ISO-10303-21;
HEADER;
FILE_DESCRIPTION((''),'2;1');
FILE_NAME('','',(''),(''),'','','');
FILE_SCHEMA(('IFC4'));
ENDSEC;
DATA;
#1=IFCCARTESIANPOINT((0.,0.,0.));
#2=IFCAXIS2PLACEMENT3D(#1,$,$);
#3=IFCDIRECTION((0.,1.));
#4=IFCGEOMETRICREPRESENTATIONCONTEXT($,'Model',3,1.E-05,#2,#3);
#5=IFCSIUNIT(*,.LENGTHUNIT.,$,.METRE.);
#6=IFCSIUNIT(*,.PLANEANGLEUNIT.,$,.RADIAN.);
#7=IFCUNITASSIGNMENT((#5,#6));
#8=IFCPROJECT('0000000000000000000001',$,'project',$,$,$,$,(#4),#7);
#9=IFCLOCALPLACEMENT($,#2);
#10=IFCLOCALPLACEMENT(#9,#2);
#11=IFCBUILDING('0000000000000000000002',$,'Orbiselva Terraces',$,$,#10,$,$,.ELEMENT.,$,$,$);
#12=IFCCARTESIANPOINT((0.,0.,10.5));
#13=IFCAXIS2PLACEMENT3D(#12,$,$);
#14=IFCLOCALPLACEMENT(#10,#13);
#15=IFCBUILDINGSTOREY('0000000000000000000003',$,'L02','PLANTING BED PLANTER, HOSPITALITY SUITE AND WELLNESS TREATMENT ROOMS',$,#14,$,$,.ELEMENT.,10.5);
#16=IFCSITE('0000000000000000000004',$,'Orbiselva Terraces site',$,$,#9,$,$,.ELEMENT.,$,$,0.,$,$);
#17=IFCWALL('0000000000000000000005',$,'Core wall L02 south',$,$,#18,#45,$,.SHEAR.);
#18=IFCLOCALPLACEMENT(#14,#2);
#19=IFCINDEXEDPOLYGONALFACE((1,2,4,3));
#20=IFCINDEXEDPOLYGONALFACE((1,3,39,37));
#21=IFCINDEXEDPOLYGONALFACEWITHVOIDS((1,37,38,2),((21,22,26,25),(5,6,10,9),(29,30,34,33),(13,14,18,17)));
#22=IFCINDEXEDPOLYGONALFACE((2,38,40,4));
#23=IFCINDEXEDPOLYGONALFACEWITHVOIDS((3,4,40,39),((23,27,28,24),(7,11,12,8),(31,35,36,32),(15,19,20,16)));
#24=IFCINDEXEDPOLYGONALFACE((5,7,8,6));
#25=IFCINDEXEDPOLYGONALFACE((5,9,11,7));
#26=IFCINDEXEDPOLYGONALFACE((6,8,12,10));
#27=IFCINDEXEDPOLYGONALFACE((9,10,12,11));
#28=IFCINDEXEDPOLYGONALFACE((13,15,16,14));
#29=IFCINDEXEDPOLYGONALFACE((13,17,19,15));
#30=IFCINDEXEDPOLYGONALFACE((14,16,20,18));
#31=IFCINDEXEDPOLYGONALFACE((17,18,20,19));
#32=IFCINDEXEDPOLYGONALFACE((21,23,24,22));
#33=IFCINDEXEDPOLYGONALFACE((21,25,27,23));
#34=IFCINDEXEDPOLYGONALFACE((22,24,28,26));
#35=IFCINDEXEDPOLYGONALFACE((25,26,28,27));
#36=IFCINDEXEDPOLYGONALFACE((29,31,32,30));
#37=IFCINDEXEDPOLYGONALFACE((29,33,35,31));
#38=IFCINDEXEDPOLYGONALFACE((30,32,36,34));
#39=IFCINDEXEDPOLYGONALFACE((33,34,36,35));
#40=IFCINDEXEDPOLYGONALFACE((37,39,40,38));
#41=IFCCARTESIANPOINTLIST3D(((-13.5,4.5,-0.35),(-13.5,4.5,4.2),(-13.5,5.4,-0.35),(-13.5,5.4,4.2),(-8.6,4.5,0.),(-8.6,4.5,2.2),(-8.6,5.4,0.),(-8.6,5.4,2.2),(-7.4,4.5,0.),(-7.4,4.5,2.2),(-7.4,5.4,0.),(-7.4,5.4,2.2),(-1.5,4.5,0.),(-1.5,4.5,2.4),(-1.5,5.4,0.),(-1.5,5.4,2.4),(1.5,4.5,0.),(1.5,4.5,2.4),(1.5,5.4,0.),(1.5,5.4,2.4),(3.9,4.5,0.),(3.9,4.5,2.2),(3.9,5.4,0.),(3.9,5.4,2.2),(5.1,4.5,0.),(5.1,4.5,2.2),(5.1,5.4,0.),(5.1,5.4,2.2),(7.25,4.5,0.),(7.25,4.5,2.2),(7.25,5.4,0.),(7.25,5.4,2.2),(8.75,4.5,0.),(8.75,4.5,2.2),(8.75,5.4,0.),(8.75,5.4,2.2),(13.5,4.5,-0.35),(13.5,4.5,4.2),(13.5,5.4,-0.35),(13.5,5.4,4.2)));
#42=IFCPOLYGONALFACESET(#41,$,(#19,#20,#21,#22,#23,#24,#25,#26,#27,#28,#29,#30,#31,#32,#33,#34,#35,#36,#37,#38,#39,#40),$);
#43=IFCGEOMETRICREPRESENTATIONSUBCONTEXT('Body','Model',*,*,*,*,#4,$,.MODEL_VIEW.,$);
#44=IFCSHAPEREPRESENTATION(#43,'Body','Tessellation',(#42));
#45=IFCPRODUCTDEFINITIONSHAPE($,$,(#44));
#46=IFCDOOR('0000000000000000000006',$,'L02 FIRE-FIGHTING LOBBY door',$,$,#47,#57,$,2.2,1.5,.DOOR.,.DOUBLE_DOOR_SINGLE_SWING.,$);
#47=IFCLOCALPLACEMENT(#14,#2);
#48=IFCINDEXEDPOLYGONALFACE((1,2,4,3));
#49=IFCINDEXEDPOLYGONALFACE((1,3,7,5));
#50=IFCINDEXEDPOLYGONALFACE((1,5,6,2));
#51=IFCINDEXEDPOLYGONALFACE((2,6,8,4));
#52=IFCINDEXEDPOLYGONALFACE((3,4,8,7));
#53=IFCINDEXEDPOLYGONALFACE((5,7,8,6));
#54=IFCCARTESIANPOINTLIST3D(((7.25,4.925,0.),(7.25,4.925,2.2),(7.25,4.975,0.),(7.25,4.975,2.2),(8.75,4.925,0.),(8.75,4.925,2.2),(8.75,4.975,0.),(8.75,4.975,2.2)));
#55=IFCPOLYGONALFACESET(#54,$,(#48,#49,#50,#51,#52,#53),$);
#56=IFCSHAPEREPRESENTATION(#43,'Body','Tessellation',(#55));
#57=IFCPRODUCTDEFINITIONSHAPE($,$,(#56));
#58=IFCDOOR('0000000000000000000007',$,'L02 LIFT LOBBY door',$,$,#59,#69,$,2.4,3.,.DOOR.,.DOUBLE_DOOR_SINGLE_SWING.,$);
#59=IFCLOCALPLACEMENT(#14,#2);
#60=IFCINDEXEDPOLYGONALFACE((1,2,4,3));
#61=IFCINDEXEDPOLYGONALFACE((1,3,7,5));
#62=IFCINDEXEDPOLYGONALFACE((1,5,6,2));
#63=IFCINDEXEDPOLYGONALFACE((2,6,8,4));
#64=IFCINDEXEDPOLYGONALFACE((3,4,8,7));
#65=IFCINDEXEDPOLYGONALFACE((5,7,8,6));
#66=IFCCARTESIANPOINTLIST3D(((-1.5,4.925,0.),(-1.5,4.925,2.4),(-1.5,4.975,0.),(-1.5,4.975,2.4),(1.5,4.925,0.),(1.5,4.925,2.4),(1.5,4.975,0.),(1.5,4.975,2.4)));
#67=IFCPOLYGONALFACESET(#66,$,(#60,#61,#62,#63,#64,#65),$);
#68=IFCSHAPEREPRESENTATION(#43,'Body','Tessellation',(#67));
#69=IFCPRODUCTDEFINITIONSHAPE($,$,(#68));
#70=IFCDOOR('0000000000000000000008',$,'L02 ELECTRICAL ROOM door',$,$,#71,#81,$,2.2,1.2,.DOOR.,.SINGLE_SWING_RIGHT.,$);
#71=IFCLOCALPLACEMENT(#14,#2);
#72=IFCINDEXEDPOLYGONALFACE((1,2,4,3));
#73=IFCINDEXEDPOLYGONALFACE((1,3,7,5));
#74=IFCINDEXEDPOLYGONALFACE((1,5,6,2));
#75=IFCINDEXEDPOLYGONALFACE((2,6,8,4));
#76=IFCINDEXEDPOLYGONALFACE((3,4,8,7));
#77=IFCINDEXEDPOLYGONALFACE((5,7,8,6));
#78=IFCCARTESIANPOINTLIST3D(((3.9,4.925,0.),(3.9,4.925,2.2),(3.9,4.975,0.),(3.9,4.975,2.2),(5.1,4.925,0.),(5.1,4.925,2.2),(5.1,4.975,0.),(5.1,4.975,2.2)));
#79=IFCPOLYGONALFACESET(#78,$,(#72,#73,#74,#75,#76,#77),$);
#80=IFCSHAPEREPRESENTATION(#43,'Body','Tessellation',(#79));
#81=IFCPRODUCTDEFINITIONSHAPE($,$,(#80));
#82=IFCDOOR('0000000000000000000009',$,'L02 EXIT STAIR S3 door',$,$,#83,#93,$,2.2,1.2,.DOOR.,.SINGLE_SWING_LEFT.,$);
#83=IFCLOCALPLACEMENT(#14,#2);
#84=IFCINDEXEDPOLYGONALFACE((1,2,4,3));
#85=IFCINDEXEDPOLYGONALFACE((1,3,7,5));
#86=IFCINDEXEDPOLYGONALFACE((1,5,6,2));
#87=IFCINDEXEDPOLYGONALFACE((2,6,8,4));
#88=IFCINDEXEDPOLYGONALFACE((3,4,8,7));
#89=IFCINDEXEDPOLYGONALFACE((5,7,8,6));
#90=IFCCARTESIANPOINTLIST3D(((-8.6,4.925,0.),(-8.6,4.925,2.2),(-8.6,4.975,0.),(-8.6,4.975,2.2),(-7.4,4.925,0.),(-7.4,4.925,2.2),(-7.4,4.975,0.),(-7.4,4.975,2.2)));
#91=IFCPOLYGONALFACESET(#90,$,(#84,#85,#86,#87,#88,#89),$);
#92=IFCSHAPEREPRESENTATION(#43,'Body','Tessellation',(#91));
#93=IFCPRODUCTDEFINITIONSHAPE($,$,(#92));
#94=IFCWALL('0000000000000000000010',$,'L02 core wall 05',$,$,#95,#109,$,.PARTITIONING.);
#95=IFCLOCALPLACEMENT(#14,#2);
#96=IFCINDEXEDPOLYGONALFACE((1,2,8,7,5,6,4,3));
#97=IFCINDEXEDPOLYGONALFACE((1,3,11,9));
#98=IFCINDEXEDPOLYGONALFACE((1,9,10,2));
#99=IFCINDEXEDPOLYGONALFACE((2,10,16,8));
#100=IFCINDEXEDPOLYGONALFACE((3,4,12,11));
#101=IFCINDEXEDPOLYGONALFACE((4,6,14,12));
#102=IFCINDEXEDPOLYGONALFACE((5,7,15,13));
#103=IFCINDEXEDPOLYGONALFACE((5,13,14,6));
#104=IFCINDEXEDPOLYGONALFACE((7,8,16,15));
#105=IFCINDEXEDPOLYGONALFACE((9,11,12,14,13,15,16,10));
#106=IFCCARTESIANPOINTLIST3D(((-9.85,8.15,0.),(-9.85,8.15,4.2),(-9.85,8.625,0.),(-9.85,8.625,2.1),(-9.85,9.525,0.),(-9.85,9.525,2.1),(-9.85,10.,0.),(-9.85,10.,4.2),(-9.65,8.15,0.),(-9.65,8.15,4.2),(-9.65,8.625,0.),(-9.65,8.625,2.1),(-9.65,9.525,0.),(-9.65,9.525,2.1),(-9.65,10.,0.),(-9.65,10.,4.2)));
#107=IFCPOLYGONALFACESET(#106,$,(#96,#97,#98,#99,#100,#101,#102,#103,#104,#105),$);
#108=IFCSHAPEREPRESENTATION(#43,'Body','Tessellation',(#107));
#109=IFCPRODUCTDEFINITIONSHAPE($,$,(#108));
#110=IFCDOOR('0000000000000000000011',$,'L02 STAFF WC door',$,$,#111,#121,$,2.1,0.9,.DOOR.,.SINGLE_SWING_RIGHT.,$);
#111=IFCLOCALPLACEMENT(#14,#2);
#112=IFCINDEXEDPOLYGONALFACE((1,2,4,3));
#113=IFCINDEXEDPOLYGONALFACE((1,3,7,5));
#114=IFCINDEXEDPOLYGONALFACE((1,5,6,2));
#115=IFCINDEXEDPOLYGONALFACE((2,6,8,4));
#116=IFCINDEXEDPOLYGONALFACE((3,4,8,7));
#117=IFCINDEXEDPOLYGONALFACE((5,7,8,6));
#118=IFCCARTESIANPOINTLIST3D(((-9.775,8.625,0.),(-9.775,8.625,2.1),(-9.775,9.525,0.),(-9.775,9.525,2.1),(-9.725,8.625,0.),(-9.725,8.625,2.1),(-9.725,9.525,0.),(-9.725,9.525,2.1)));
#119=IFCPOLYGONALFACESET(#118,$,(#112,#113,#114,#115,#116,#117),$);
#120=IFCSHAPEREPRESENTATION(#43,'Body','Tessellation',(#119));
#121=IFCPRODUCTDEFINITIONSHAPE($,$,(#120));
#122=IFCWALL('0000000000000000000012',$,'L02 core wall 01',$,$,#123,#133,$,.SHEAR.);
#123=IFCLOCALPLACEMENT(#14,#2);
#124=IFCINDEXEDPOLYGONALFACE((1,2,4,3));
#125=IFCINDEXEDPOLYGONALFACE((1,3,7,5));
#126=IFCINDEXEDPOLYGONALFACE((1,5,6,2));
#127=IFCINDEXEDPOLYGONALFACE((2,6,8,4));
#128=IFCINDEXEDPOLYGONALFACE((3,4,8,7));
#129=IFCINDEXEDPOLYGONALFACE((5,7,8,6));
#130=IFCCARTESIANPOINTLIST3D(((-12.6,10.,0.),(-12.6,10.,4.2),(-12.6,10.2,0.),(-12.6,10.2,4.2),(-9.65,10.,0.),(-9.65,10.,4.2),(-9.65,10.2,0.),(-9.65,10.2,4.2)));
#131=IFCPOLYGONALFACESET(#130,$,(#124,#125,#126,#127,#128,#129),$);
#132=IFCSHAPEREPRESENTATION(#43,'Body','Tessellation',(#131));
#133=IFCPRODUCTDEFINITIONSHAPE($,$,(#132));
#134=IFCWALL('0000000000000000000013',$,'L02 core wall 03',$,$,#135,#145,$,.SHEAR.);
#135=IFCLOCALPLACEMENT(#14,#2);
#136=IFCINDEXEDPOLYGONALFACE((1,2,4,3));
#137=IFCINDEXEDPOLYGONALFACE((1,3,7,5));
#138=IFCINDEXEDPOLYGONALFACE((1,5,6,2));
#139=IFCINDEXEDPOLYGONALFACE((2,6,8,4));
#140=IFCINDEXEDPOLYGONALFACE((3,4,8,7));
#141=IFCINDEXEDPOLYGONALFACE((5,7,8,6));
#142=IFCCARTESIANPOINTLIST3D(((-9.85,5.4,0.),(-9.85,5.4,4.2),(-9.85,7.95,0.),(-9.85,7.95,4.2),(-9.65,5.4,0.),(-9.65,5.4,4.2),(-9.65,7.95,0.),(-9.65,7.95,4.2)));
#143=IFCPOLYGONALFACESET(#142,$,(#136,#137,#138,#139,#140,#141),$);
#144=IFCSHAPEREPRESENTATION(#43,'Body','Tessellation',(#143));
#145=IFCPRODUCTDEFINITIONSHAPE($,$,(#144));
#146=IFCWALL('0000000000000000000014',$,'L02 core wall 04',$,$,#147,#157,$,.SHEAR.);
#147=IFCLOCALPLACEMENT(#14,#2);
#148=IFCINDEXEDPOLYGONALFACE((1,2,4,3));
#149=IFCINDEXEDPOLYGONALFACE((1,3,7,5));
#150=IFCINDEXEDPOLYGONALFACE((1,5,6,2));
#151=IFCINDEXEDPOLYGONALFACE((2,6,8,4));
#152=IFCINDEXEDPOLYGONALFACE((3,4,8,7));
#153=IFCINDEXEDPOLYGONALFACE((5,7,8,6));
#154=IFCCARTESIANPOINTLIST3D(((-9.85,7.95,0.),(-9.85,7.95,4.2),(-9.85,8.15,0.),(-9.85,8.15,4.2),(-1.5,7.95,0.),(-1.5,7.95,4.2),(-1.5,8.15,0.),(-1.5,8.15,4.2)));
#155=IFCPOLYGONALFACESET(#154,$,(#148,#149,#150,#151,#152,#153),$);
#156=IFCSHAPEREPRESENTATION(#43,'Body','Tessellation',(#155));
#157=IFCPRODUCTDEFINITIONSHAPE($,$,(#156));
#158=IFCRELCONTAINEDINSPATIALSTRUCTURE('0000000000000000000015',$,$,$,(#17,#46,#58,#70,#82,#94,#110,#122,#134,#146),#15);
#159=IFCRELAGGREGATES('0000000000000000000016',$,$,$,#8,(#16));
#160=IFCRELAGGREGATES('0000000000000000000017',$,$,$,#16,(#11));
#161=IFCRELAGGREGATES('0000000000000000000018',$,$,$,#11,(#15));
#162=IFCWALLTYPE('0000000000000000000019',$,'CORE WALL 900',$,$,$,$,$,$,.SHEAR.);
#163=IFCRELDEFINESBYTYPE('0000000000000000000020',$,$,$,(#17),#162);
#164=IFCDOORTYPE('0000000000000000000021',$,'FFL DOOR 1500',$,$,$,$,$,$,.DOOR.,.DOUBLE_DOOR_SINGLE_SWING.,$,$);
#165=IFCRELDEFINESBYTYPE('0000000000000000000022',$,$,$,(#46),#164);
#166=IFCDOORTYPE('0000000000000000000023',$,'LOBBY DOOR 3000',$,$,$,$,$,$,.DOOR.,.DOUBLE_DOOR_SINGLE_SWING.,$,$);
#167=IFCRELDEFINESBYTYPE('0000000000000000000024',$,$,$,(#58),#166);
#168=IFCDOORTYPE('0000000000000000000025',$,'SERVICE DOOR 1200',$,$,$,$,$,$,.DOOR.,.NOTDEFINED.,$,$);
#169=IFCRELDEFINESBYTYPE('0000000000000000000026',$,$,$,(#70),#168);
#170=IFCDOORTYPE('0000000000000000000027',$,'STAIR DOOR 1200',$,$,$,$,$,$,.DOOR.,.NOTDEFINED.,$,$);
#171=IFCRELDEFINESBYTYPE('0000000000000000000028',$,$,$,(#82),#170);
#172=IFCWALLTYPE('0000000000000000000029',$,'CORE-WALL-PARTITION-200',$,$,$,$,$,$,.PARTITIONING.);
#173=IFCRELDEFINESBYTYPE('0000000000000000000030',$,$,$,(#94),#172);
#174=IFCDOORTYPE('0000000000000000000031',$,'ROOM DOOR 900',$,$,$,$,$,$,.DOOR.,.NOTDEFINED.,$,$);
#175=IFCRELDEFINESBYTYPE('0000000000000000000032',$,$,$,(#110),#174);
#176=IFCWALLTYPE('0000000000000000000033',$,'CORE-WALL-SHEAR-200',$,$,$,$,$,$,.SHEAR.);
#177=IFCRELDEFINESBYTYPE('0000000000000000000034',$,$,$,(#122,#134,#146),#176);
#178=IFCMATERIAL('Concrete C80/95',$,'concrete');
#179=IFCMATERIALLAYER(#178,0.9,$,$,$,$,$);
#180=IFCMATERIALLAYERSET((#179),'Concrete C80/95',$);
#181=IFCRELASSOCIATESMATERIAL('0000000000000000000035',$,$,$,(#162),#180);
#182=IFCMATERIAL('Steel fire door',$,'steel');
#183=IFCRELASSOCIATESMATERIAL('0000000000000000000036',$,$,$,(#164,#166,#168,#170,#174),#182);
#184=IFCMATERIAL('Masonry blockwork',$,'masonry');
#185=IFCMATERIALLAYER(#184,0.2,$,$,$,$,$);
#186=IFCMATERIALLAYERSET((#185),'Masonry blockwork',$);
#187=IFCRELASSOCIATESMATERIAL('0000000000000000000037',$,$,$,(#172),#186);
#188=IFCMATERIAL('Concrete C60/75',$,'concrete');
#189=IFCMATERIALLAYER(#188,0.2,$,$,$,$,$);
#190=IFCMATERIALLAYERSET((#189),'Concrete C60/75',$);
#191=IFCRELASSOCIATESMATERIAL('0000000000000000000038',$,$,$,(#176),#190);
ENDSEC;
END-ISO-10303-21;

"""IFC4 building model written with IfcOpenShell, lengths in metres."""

from ifc_helpers import new_model, si_unit, direction, frame, frame_2d, origin, place, context, subcontext, project, spatial, rectangle, extrude, material, layer, layer_set, type_object, element, fill, save


model = new_model("IFC4")

# Units and contexts
model_context = context("Model", 3, precision=1e-05, world=origin(), true_north=direction((0.0, 1.0)))
body_context = subcontext(model_context, "Body", "Model", "MODEL_VIEW")
ifc_project = project(units=[si_unit("LENGTHUNIT", "METRE"), si_unit("PLANEANGLEUNIT", "RADIAN")], contexts=[model_context])

# Site, building, storey
site_placement = place(None, origin())
site = spatial("IfcSite", under=ifc_project, at=site_placement, Name="Orbiselva Terraces site", CompositionType="ELEMENT", RefElevation=0.0)
building_placement = place(site_placement, origin())
building = spatial("IfcBuilding", under=site, at=building_placement, Name="Orbiselva Terraces", CompositionType="ELEMENT")
storey_placement = place(building_placement, frame((0.0, 0.0, 10.5)))
storey = spatial("IfcBuildingStorey", under=building, at=storey_placement, Name="L02", Description="PLANTING BED PLANTER, HOSPITALITY SUITE AND WELLNESS TREATMENT ROOMS", CompositionType="ELEMENT", Elevation=10.5)

# Wall, openings, doors
ifc_material_1 = material(Name="Concrete C80/95", Category="concrete")
ifc_layer_1 = layer(ifc_material_1, 0.9)
ifc_layer_set_1 = layer_set([ifc_layer_1], Name="Concrete C80/95")
wall_type_1 = type_object("IfcWallType", Name="CORE WALL 900", PredefinedType="SHEAR", material=ifc_layer_set_1)
wall_1_placement = place(storey_placement, frame((-13.5, 4.95, -0.35), z_axis=(0.0, 0.0, 1.0), x_axis=(1.0, 0.0, 0.0)))
wall_1 = element("IfcWall", 1, at=wall_1_placement, inside=storey, type_object=wall_type_1, Name="Core wall L02 south", PredefinedType="SHEAR", context=body_context, shape_type="SweptSolid", body=[
    extrude(rectangle(XDim=27.0, YDim=0.9, at=frame_2d((13.5, 0.0))), origin(), (0.0, 0.0, 1.0), 4.55),
])
opening_1_placement = place(wall_1_placement, frame((12.0, 0.0, 0.35)))
opening_1 = element("IfcOpeningElement", 2, at=opening_1_placement, cuts=wall_1, PredefinedType="OPENING", context=body_context, shape_type="SweptSolid", body=[
    extrude(rectangle(XDim=3.0, YDim=2.4, at=frame_2d((1.5, 1.2))), frame((0.0, 0.46, 0.0), z_axis=(0.0, -1.0, 0.0), x_axis=(1.0, 0.0, 0.0)), (0.0, 0.0, 1.0), 0.92),
])
opening_2_placement = place(wall_1_placement, frame((4.9, 0.0, 0.35)))
opening_2 = element("IfcOpeningElement", 3, at=opening_2_placement, cuts=wall_1, PredefinedType="OPENING", context=body_context, shape_type="SweptSolid", body=[
    extrude(rectangle(XDim=1.2, YDim=2.2, at=frame_2d((0.6, 1.1))), frame((0.0, 0.46, 0.0), z_axis=(0.0, -1.0, 0.0), x_axis=(1.0, 0.0, 0.0)), (0.0, 0.0, 1.0), 0.92),
])
opening_3_placement = place(wall_1_placement, frame((20.75, 0.0, 0.35)))
opening_3 = element("IfcOpeningElement", 4, at=opening_3_placement, cuts=wall_1, PredefinedType="OPENING", context=body_context, shape_type="SweptSolid", body=[
    extrude(rectangle(XDim=1.5, YDim=2.2, at=frame_2d((0.75, 1.1))), frame((0.0, 0.46, 0.0), z_axis=(0.0, -1.0, 0.0), x_axis=(1.0, 0.0, 0.0)), (0.0, 0.0, 1.0), 0.92),
])
opening_4_placement = place(wall_1_placement, frame((17.4, 0.0, 0.35)))
opening_4 = element("IfcOpeningElement", 5, at=opening_4_placement, cuts=wall_1, PredefinedType="OPENING", context=body_context, shape_type="SweptSolid", body=[
    extrude(rectangle(XDim=1.2, YDim=2.2, at=frame_2d((0.6, 1.1))), frame((0.0, 0.46, 0.0), z_axis=(0.0, -1.0, 0.0), x_axis=(1.0, 0.0, 0.0)), (0.0, 0.0, 1.0), 0.92),
])
ifc_material_2 = material(Name="Steel fire door", Category="steel")
door_type_1 = type_object("IfcDoorType", Name="FFL DOOR 1500", OperationType="DOUBLE_DOOR_SINGLE_SWING", PredefinedType="DOOR", material=ifc_material_2)
door_1_placement = place(opening_3_placement, frame((1.5, 0.0, 0.0), z_axis=(0.0, 0.0, 1.0), x_axis=(-1.0, 0.0, 0.0)))
door_1 = element("IfcDoor", 6, at=door_1_placement, inside=storey, type_object=door_type_1, Name="L02 FIRE-FIGHTING LOBBY door", OperationType="DOUBLE_DOOR_SINGLE_SWING", OverallHeight=2.2, OverallWidth=1.5, PredefinedType="DOOR", context=body_context, shape_type="SweptSolid", body=[
    extrude(rectangle(XDim=1.5, YDim=2.2, at=frame_2d((0.75, 1.1))), frame((0.0, 0.025, 0.0), z_axis=(0.0, -1.0, 0.0), x_axis=(1.0, 0.0, 0.0)), (0.0, 0.0, 1.0), 0.05),
])
fill(opening_3, door_1)
door_type_2 = type_object("IfcDoorType", Name="LOBBY DOOR 3000", OperationType="DOUBLE_DOOR_SINGLE_SWING", PredefinedType="DOOR", material=ifc_material_2)
door_2_placement = place(opening_1_placement, frame((3.0, 0.0, 0.0), z_axis=(0.0, 0.0, 1.0), x_axis=(-1.0, 0.0, 0.0)))
door_2 = element("IfcDoor", 7, at=door_2_placement, inside=storey, type_object=door_type_2, Name="L02 LIFT LOBBY door", OperationType="DOUBLE_DOOR_SINGLE_SWING", OverallHeight=2.4, OverallWidth=3.0, PredefinedType="DOOR", context=body_context, shape_type="SweptSolid", body=[
    extrude(rectangle(XDim=3.0, YDim=2.4, at=frame_2d((1.5, 1.2))), frame((0.0, 0.025, 0.0), z_axis=(0.0, -1.0, 0.0), x_axis=(1.0, 0.0, 0.0)), (0.0, 0.0, 1.0), 0.05),
])
fill(opening_1, door_2)
door_type_3 = type_object("IfcDoorType", Name="SERVICE DOOR 1200", OperationType="NOTDEFINED", PredefinedType="DOOR", material=ifc_material_2)
door_3_placement = place(opening_4_placement, frame((1.2, 0.0, 0.0), z_axis=(0.0, 0.0, 1.0), x_axis=(-1.0, 0.0, 0.0)))
door_3 = element("IfcDoor", 8, at=door_3_placement, inside=storey, type_object=door_type_3, Name="L02 ELECTRICAL ROOM door", OperationType="SINGLE_SWING_RIGHT", OverallHeight=2.2, OverallWidth=1.2, PredefinedType="DOOR", context=body_context, shape_type="SweptSolid", body=[
    extrude(rectangle(XDim=1.2, YDim=2.2, at=frame_2d((0.6, 1.1))), frame((0.0, 0.025, 0.0), z_axis=(0.0, -1.0, 0.0), x_axis=(1.0, 0.0, 0.0)), (0.0, 0.0, 1.0), 0.05),
])
fill(opening_4, door_3)
door_type_4 = type_object("IfcDoorType", Name="STAIR DOOR 1200", OperationType="NOTDEFINED", PredefinedType="DOOR", material=ifc_material_2)
door_4_placement = place(opening_2_placement, frame((1.2, 0.0, 0.0), z_axis=(0.0, 0.0, 1.0), x_axis=(-1.0, 0.0, 0.0)))
door_4 = element("IfcDoor", 9, at=door_4_placement, inside=storey, type_object=door_type_4, Name="L02 EXIT STAIR S3 door", OperationType="SINGLE_SWING_LEFT", OverallHeight=2.2, OverallWidth=1.2, PredefinedType="DOOR", context=body_context, shape_type="SweptSolid", body=[
    extrude(rectangle(XDim=1.2, YDim=2.2, at=frame_2d((0.6, 1.1))), frame((0.0, 0.025, 0.0), z_axis=(0.0, -1.0, 0.0), x_axis=(1.0, 0.0, 0.0)), (0.0, 0.0, 1.0), 0.05),
])
fill(opening_2, door_4)

# Wall, opening, door
ifc_material_3 = material(Name="Masonry blockwork", Category="masonry")
ifc_layer_2 = layer(ifc_material_3, 0.2)
ifc_layer_set_2 = layer_set([ifc_layer_2], Name="Masonry blockwork")
wall_type_2 = type_object("IfcWallType", Name="CORE-WALL-PARTITION-200", PredefinedType="PARTITIONING", material=ifc_layer_set_2)
wall_2_placement = place(storey_placement, frame((-9.75, 8.15, 0.0), z_axis=(0.0, 0.0, 1.0), x_axis=(0.0, 1.0, 0.0)))
wall_2 = element("IfcWall", 10, at=wall_2_placement, inside=storey, type_object=wall_type_2, Name="L02 core wall 05", PredefinedType="PARTITIONING", context=body_context, shape_type="SweptSolid", body=[
    extrude(rectangle(XDim=1.85, YDim=0.2, at=frame_2d((0.925, 0.0))), origin(), (0.0, 0.0, 1.0), 4.2),
])
opening_5_placement = place(wall_2_placement, frame((0.475, 0.0, 0.0)))
opening_5 = element("IfcOpeningElement", 11, at=opening_5_placement, cuts=wall_2, PredefinedType="OPENING", context=body_context, shape_type="SweptSolid", body=[
    extrude(rectangle(XDim=0.9, YDim=2.1, at=frame_2d((0.45, 1.05))), frame((0.0, 0.11, 0.0), z_axis=(0.0, -1.0, 0.0), x_axis=(1.0, 0.0, 0.0)), (0.0, 0.0, 1.0), 0.22),
])
door_type_5 = type_object("IfcDoorType", Name="ROOM DOOR 900", OperationType="NOTDEFINED", PredefinedType="DOOR", material=ifc_material_2)
door_5_placement = place(opening_5_placement, origin())
door_5 = element("IfcDoor", 12, at=door_5_placement, inside=storey, type_object=door_type_5, Name="L02 STAFF WC door", OperationType="SINGLE_SWING_RIGHT", OverallHeight=2.1, OverallWidth=0.9, PredefinedType="DOOR", context=body_context, shape_type="SweptSolid", body=[
    extrude(rectangle(XDim=0.9, YDim=2.1, at=frame_2d((0.45, 1.05))), frame((0.0, 0.025, 0.0), z_axis=(0.0, -1.0, 0.0), x_axis=(1.0, 0.0, 0.0)), (0.0, 0.0, 1.0), 0.05),
])
fill(opening_5, door_5)

# Walls
ifc_material_4 = material(Name="Concrete C60/75", Category="concrete")
ifc_layer_3 = layer(ifc_material_4, 0.2)
ifc_layer_set_3 = layer_set([ifc_layer_3], Name="Concrete C60/75")
wall_type_3 = type_object("IfcWallType", Name="CORE-WALL-SHEAR-200", PredefinedType="SHEAR", material=ifc_layer_set_3)
wall_3_placement = place(storey_placement, frame((-12.6, 10.1, 0.0), z_axis=(0.0, 0.0, 1.0), x_axis=(1.0, 0.0, 0.0)))
element("IfcWall", 13, at=wall_3_placement, inside=storey, type_object=wall_type_3, Name="L02 core wall 01", PredefinedType="SHEAR", context=body_context, shape_type="SweptSolid", body=[
    extrude(rectangle(XDim=2.95, YDim=0.2, at=frame_2d((1.475, 0.0))), origin(), (0.0, 0.0, 1.0), 4.2),
])
wall_4_placement = place(storey_placement, frame((-9.75, 5.4, 0.0), z_axis=(0.0, 0.0, 1.0), x_axis=(0.0, 1.0, 0.0)))
element("IfcWall", 14, at=wall_4_placement, inside=storey, type_object=wall_type_3, Name="L02 core wall 03", PredefinedType="SHEAR", context=body_context, shape_type="SweptSolid", body=[
    extrude(rectangle(XDim=2.55, YDim=0.2, at=frame_2d((1.275, 0.0))), origin(), (0.0, 0.0, 1.0), 4.2),
])
wall_5_placement = place(storey_placement, frame((-9.85, 8.05, 0.0), z_axis=(0.0, 0.0, 1.0), x_axis=(1.0, 0.0, 0.0)))
element("IfcWall", 15, at=wall_5_placement, inside=storey, type_object=wall_type_3, Name="L02 core wall 04", PredefinedType="SHEAR", context=body_context, shape_type="SweptSolid", body=[
    extrude(rectangle(XDim=8.35, YDim=0.2, at=frame_2d((4.175, 0.0))), origin(), (0.0, 0.0, 1.0), 4.2),
])

save(model, "model.ifc")
